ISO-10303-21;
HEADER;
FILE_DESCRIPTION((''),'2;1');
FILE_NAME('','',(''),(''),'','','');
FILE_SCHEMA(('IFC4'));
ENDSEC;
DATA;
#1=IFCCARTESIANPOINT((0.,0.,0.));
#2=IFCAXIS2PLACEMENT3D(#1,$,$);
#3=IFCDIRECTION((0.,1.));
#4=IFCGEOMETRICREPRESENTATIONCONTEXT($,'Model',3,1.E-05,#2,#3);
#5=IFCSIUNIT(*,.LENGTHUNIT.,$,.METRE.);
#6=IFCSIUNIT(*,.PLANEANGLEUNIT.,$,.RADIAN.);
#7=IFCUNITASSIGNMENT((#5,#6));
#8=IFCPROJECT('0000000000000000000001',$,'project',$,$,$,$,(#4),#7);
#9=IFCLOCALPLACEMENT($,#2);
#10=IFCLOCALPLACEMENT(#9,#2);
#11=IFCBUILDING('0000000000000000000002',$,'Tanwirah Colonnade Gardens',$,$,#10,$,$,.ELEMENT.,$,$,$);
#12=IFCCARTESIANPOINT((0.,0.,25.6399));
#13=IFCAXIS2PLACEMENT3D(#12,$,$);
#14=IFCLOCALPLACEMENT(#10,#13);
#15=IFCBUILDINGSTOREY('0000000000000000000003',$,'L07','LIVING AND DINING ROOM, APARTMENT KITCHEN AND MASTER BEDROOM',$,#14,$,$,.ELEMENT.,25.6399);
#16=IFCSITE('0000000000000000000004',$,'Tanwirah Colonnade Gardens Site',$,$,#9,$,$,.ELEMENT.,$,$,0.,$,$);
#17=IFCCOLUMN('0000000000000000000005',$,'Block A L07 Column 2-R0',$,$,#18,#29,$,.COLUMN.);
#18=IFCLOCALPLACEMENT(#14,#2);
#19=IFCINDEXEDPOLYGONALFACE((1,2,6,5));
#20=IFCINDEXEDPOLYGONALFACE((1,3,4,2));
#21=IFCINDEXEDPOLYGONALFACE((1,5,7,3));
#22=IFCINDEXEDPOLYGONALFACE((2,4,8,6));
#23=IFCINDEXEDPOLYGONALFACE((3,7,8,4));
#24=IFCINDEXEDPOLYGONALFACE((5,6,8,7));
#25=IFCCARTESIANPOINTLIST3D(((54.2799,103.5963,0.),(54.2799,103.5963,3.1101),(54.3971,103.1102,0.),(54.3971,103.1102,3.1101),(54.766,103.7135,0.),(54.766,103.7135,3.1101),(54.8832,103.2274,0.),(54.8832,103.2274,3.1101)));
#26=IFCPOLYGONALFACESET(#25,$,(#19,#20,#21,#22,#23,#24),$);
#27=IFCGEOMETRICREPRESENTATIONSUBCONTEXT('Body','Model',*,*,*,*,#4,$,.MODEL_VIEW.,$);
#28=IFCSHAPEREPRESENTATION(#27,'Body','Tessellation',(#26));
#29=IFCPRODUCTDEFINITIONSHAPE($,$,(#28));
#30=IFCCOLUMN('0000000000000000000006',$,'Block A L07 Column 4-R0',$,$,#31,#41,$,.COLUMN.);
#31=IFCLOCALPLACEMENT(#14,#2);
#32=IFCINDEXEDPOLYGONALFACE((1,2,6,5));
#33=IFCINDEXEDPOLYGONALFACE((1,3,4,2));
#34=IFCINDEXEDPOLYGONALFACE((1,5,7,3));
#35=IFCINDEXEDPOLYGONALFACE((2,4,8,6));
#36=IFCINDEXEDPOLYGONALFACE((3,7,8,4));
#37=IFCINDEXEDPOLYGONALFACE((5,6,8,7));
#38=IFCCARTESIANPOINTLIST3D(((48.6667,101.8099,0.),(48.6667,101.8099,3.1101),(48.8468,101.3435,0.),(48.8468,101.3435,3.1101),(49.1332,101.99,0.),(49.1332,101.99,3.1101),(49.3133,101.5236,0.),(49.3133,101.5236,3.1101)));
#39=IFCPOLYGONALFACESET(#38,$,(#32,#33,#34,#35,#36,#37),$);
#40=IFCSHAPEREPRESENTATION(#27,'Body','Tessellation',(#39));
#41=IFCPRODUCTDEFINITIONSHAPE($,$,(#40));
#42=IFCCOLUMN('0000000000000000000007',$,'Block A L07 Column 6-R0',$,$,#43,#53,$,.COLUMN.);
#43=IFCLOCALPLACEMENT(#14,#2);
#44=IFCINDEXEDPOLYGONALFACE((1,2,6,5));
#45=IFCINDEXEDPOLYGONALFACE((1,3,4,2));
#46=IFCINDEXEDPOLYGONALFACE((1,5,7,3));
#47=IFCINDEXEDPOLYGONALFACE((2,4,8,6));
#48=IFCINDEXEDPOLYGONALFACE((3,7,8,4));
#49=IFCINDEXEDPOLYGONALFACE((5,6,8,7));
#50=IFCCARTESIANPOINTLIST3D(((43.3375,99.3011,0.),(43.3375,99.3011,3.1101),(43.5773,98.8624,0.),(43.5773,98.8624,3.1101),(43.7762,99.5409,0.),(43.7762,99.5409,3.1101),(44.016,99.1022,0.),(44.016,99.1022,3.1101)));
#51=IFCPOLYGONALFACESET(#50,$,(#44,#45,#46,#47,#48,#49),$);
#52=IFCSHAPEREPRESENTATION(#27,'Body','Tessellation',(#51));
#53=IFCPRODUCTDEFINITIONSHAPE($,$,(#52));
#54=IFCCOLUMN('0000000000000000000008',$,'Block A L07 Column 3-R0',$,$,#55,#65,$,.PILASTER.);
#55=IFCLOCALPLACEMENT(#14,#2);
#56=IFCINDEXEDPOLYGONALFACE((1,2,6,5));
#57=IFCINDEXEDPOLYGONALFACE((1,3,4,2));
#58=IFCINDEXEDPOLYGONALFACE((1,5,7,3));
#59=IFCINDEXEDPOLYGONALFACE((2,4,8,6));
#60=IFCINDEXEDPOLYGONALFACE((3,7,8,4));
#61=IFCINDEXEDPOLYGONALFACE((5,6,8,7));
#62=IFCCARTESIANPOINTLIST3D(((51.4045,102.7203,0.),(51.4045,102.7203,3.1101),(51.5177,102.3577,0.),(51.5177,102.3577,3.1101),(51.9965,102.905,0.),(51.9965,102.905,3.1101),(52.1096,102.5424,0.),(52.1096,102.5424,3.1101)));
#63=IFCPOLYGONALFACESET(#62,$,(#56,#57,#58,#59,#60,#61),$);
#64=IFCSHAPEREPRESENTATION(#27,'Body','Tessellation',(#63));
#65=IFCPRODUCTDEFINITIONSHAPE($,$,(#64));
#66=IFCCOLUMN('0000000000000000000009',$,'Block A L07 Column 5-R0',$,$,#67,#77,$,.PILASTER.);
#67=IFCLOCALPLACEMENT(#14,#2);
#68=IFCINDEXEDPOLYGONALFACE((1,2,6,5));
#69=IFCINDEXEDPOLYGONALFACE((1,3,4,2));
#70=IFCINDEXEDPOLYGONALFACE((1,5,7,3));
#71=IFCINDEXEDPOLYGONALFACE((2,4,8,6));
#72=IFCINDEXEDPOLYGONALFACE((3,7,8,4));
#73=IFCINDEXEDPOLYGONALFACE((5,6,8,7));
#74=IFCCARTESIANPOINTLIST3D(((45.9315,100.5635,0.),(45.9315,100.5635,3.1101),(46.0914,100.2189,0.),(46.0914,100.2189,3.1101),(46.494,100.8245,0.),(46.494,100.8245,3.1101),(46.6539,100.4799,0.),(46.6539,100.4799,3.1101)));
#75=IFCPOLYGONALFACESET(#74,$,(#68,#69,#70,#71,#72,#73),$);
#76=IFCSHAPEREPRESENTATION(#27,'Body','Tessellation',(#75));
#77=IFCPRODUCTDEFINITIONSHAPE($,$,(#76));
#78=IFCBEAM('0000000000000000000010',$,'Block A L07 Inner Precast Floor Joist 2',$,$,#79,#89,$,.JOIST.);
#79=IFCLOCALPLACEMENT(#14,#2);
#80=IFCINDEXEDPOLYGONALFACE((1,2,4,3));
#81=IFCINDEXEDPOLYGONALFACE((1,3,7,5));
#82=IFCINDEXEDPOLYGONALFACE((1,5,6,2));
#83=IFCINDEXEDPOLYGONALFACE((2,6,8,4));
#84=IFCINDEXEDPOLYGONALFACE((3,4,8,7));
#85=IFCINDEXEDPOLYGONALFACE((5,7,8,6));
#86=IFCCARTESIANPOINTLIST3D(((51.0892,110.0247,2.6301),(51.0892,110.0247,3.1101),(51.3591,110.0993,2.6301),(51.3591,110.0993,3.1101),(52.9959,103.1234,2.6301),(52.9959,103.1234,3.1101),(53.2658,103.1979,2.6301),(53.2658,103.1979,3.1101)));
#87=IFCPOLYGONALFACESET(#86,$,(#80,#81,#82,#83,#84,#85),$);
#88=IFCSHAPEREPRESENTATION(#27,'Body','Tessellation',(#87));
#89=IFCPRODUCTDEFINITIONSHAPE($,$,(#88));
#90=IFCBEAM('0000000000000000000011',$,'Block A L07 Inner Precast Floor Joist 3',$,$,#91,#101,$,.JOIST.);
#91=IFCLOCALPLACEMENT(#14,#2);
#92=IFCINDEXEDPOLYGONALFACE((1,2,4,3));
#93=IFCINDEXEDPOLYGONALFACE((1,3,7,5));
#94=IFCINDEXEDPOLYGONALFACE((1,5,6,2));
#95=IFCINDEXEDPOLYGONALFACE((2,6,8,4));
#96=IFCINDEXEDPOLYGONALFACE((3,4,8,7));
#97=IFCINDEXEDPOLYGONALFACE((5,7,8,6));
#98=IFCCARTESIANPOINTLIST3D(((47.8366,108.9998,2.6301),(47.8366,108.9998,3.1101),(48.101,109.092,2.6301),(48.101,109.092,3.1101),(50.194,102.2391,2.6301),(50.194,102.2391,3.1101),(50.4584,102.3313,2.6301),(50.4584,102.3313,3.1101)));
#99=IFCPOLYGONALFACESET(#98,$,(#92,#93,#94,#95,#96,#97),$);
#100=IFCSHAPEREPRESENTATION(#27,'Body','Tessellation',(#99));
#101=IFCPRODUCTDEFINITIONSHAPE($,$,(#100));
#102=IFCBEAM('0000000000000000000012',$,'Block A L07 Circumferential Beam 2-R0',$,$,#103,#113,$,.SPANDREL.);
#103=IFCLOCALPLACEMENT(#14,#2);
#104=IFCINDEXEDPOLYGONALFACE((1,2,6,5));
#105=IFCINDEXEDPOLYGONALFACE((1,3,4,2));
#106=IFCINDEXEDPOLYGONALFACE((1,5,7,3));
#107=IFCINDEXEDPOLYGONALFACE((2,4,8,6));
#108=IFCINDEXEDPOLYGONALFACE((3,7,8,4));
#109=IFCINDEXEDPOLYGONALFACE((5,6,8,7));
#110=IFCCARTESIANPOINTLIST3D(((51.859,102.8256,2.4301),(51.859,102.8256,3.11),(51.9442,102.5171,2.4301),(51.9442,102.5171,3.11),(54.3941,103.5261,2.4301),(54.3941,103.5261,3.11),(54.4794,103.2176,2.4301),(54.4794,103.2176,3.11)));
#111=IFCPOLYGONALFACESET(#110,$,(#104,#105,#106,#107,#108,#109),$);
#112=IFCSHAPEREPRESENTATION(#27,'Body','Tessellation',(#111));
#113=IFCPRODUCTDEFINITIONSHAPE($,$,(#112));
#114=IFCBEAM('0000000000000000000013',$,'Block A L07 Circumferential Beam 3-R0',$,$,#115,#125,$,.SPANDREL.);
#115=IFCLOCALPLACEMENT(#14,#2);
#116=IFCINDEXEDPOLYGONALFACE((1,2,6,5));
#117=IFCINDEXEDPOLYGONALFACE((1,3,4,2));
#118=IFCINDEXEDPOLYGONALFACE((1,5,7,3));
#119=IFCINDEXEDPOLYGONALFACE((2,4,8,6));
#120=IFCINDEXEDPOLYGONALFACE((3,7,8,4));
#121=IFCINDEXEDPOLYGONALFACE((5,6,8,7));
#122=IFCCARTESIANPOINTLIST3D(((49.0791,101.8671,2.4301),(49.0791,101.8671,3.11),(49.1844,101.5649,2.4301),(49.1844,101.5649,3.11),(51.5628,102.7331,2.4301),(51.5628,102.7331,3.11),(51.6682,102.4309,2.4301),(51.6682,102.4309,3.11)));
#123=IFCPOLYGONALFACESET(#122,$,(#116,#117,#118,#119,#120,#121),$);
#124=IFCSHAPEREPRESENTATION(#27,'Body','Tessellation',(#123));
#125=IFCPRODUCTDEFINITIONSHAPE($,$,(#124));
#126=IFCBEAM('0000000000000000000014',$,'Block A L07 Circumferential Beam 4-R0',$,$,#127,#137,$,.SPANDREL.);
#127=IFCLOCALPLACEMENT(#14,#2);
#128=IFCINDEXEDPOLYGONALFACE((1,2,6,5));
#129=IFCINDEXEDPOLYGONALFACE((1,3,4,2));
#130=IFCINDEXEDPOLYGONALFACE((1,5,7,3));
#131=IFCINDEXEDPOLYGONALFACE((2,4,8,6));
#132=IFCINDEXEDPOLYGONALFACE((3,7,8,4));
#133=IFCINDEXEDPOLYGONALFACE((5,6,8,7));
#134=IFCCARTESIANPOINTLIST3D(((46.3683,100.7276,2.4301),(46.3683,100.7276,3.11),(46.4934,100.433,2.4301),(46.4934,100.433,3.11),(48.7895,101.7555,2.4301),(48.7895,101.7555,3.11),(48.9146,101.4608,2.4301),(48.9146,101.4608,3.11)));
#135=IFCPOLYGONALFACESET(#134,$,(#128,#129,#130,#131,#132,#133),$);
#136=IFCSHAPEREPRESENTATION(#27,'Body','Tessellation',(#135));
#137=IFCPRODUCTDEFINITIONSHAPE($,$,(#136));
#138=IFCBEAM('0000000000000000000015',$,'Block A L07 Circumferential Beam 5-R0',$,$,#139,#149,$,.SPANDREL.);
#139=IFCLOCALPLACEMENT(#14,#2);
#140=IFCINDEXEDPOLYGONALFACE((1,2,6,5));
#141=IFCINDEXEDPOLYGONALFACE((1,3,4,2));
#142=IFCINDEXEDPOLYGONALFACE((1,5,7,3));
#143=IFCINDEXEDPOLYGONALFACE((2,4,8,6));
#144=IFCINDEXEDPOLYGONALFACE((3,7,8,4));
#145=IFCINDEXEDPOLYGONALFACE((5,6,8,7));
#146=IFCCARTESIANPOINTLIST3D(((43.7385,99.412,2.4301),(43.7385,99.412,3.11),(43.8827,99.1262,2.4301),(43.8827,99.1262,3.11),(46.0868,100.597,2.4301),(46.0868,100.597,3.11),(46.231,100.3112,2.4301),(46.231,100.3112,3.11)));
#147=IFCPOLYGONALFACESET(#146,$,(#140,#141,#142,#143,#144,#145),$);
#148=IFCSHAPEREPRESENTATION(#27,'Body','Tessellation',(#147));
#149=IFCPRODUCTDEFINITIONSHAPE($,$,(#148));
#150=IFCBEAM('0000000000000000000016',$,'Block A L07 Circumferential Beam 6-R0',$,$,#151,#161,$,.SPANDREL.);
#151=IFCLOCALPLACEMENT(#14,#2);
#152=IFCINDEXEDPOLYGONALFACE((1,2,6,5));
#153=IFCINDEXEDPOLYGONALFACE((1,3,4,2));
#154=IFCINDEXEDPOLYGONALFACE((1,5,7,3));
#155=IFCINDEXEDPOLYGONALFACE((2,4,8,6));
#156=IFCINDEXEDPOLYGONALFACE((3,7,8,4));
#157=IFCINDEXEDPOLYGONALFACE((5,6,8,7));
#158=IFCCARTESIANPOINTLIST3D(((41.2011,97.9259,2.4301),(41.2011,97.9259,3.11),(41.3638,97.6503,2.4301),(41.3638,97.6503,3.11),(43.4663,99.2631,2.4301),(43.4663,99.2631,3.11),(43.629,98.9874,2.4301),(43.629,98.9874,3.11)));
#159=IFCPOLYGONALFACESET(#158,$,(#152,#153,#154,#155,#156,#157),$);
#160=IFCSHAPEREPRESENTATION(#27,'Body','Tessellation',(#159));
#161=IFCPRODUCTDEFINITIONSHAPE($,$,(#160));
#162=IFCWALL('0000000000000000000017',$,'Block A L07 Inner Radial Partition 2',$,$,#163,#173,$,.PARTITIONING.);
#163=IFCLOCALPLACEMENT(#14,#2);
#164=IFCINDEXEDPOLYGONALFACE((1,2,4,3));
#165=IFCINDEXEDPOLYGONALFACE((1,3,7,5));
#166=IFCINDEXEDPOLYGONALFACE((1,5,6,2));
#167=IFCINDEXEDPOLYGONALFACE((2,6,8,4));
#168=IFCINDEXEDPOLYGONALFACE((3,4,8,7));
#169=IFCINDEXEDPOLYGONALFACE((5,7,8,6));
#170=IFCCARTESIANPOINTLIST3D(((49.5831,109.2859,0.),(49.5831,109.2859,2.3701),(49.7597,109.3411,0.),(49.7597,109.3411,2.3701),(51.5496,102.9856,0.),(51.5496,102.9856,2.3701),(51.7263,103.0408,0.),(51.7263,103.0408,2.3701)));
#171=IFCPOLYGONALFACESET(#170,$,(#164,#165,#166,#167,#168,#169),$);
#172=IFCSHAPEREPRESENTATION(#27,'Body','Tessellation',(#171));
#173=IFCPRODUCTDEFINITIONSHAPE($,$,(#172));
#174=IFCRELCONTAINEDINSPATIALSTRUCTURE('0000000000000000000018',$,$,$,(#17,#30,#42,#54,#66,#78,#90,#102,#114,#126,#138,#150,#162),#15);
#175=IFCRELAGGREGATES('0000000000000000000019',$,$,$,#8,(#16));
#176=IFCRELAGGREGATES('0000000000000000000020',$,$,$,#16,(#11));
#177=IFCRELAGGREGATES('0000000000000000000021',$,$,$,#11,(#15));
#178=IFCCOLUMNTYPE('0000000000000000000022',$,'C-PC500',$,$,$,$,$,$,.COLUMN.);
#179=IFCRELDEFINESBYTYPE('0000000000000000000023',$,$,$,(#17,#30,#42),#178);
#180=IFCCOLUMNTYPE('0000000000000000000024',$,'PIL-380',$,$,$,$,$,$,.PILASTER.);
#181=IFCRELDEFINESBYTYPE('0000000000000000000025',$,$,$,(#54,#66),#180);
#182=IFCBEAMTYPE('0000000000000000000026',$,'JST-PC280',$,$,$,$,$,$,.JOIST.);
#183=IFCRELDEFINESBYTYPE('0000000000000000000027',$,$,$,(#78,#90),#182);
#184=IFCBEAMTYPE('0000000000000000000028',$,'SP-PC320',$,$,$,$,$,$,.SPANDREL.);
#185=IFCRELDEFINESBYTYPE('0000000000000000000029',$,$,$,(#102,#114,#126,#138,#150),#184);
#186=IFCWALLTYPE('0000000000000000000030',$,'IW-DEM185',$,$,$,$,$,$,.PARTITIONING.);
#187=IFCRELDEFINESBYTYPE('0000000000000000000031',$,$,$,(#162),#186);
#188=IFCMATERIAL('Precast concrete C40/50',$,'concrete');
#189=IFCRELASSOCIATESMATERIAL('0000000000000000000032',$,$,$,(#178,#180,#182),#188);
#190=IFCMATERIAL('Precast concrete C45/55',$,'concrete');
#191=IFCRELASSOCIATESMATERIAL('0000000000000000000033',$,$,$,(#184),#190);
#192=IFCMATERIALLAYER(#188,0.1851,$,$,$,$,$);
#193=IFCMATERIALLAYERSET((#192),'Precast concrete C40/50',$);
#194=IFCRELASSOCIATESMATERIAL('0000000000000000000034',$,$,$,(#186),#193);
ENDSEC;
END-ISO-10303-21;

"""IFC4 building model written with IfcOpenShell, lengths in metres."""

from ifc_helpers import new_model, si_unit, direction, frame, frame_2d, origin, origin_2d, place, context, subcontext, project, spatial, rectangle, extrude, material, layer, layer_set, material_profile, profile_set, type_object, element, save


model = new_model("IFC4")

# Units and contexts
model_context = context("Model", 3, precision=1e-05, world=origin(), true_north=direction((0.0, 1.0)))
body_context = subcontext(model_context, "Body", "Model", "MODEL_VIEW")
ifc_project = project(units=[si_unit("LENGTHUNIT", "METRE"), si_unit("PLANEANGLEUNIT", "RADIAN")], contexts=[model_context])

# Site, building, storey
site_placement = place(None, origin())
site = spatial("IfcSite", under=ifc_project, at=site_placement, Name="Tanwirah Colonnade Gardens Site", CompositionType="ELEMENT", RefElevation=0.0)
building_placement = place(site_placement, origin())
building = spatial("IfcBuilding", under=site, at=building_placement, Name="Tanwirah Colonnade Gardens", CompositionType="ELEMENT")
storey_placement = place(building_placement, frame((0.0, 0.0, 25.6399)))
storey = spatial("IfcBuildingStorey", under=building, at=storey_placement, Name="L07", Description="LIVING AND DINING ROOM, APARTMENT KITCHEN AND MASTER BEDROOM", CompositionType="ELEMENT", Elevation=25.6399)

# Columns
ifc_material_1 = material(Name="Precast concrete C40/50", Category="concrete")
ifc_material_profile_1 = material_profile(ifc_material_1, rectangle(XDim=0.5, YDim=0.5, at=origin_2d()), Name="PC-COL 500x500")
ifc_profile_set_1 = profile_set([ifc_material_profile_1], Name="Precast concrete C40/50")
column_type_1 = type_object("IfcColumnType", Name="C-PC500", PredefinedType="COLUMN", material=ifc_profile_set_1)
for number, where, z_axis, x_axis, name in (
    (1, (54.5815, 103.4119, 0.0), (0.0, 0.0, 1.0), (-0.234388, 0.972143, 0.0), "Block A L07 Column 2-R0"),
    (2, (48.99, 101.6667, 0.0), (0.0, 0.0, 1.0), (-0.360178, 0.932884, 0.0), "Block A L07 Column 4-R0"),
    (3, (43.6768, 99.2017, 0.0), (0.0, 0.0, 1.0), (-0.479713, 0.877425, 0.0), "Block A L07 Column 6-R0"),
):
    element("IfcColumn", number, at=place(storey_placement, frame(where, z_axis=z_axis, x_axis=x_axis)), inside=storey, type_object=column_type_1, Name=name, PredefinedType="COLUMN", context=body_context, shape_type="SweptSolid", body=[
        extrude(rectangle(XDim=0.5, YDim=0.5, at=origin_2d()), origin(), (0.0, 0.0, 1.0), 3.1101),
    ])
ifc_material_profile_2 = material_profile(ifc_material_1, rectangle(XDim=0.3799, YDim=0.6201, at=origin_2d()), Name="PC-PIL 380x620")
ifc_profile_set_2 = profile_set([ifc_material_profile_2], Name="Precast concrete C40/50")
column_type_2 = type_object("IfcColumnType", Name="PIL-380", PredefinedType="PILASTER", material=ifc_profile_set_2)
for number, where, z_axis, x_axis, name in (
    (4, (51.7571, 102.6313, 0.0), (0.0, 0.0, 1.0), (-0.29793, 0.954588, 0.0), "Block A L07 Column 3-R0"),
    (5, (46.2927, 100.5217, 0.0), (0.0, 0.0, 1.0), (-0.42086, 0.907126, 0.0), "Block A L07 Column 5-R0"),
):
    element("IfcColumn", number, at=place(storey_placement, frame(where, z_axis=z_axis, x_axis=x_axis)), inside=storey, type_object=column_type_2, Name=name, PredefinedType="PILASTER", context=body_context, shape_type="SweptSolid", body=[
        extrude(rectangle(XDim=0.3799, YDim=0.6201, at=origin_2d()), origin(), (0.0, 0.0, 1.0), 3.1101),
    ])

# Beams
ifc_material_profile_3 = material_profile(ifc_material_1, rectangle(XDim=0.28, YDim=0.48, at=origin_2d()), Name="PC-JST 280x480")
ifc_profile_set_3 = profile_set([ifc_material_profile_3], Name="Precast concrete C40/50")
beam_type_1 = type_object("IfcBeamType", Name="JST-PC280", PredefinedType="JOIST", material=ifc_profile_set_3)
for number, where, z_axis, x_axis, name in (
    (6, (53.1309, 103.1606, 2.8701), (-0.266307, 0.963888, 0.0), (-0.963888, -0.266307, 0.0), "Block A L07 Inner Precast Floor Joist 2"),
    (7, (50.3262, 102.2852, 2.8701), (-0.329251, 0.944243, 0.0), (-0.944243, -0.329251, 0.0), "Block A L07 Inner Precast Floor Joist 3"),
):
    element("IfcBeam", number, at=place(storey_placement, frame(where, z_axis=z_axis, x_axis=x_axis)), inside=storey, type_object=beam_type_1, Name=name, PredefinedType="JOIST", context=body_context, shape_type="SweptSolid", body=[
        extrude(rectangle(XDim=0.28, YDim=0.48, at=origin_2d()), origin(), (0.0, 0.0, 1.0), 7.1599),
    ])
ifc_material_2 = material(Name="Precast concrete C45/55", Category="concrete")
ifc_material_profile_4 = material_profile(ifc_material_2, rectangle(XDim=0.3201, YDim=0.6799, at=origin_2d()), Name="PC-SP 320x680")
ifc_profile_set_4 = profile_set([ifc_material_profile_4], Name="Precast concrete C45/55")
beam_type_2 = type_object("IfcBeamType", Name="SP-PC320", PredefinedType="SPANDREL", material=ifc_profile_set_4)
beam_placement = place(storey_placement, frame((54.4368, 103.3718, 2.77), z_axis=(-0.963887, -0.266313, 0.0), x_axis=(0.266313, -0.963887, 0.0)))
element("IfcBeam", 8, at=beam_placement, inside=storey, type_object=beam_type_2, Name="Block A L07 Circumferential Beam 2-R0", PredefinedType="SPANDREL", context=body_context, shape_type="SweptSolid", body=[
    extrude(rectangle(XDim=0.3201, YDim=0.6799, at=origin_2d()), origin(), (0.0, 0.0, 1.0), 2.6301),
])
for number, where, z_axis, x_axis, name in (
    (9, (51.6155, 102.582, 2.77), (-0.94425, -0.32923, 0.0), (0.32923, -0.94425, 0.0), "Block A L07 Circumferential Beam 3-R0"),
    (10, (48.8521, 101.6082, 2.77), (-0.920489, -0.390769, 0.0), (0.390769, -0.920489, 0.0), "Block A L07 Circumferential Beam 4-R0"),
    (11, (46.1589, 100.4541, 2.77), (-0.892769, -0.450515, 0.0), (0.450515, -0.892769, 0.0), "Block A L07 Circumferential Beam 5-R0"),
    (12, (43.5476, 99.1252, 2.77), (-0.861148, -0.508354, 0.0), (0.508354, -0.861148, 0.0), "Block A L07 Circumferential Beam 6-R0"),
):
    element("IfcBeam", number, at=place(storey_placement, frame(where, z_axis=z_axis, x_axis=x_axis)), inside=storey, type_object=beam_type_2, Name=name, PredefinedType="SPANDREL", context=body_context, shape_type="SweptSolid", body=[
        extrude(rectangle(XDim=0.3201, YDim=0.6799, at=origin_2d()), origin(), (0.0, 0.0, 1.0), 2.6304),
    ])

# Wall
ifc_layer_1 = layer(ifc_material_1, 0.1851)
ifc_layer_set_1 = layer_set([ifc_layer_1], Name="Precast concrete C40/50")
wall_type_1 = type_object("IfcWallType", Name="IW-DEM185", PredefinedType="PARTITIONING", material=ifc_layer_set_1)
wall_1_placement = place(storey_placement, frame((51.6379, 103.0132, 0.0), z_axis=(0.0, 0.0, 1.0), x_axis=(-0.297959, 0.954579, 0.0)))
element("IfcWall", 13, at=wall_1_placement, inside=storey, type_object=wall_type_1, Name="Block A L07 Inner Radial Partition 2", PredefinedType="PARTITIONING", context=body_context, shape_type="SweptSolid", body=[
    extrude(rectangle(XDim=6.6001, YDim=0.1851, at=frame_2d((3.3, 0.0))), origin(), (0.0, 0.0, 1.0), 2.3701),
])

save(model, "model.ifc")
